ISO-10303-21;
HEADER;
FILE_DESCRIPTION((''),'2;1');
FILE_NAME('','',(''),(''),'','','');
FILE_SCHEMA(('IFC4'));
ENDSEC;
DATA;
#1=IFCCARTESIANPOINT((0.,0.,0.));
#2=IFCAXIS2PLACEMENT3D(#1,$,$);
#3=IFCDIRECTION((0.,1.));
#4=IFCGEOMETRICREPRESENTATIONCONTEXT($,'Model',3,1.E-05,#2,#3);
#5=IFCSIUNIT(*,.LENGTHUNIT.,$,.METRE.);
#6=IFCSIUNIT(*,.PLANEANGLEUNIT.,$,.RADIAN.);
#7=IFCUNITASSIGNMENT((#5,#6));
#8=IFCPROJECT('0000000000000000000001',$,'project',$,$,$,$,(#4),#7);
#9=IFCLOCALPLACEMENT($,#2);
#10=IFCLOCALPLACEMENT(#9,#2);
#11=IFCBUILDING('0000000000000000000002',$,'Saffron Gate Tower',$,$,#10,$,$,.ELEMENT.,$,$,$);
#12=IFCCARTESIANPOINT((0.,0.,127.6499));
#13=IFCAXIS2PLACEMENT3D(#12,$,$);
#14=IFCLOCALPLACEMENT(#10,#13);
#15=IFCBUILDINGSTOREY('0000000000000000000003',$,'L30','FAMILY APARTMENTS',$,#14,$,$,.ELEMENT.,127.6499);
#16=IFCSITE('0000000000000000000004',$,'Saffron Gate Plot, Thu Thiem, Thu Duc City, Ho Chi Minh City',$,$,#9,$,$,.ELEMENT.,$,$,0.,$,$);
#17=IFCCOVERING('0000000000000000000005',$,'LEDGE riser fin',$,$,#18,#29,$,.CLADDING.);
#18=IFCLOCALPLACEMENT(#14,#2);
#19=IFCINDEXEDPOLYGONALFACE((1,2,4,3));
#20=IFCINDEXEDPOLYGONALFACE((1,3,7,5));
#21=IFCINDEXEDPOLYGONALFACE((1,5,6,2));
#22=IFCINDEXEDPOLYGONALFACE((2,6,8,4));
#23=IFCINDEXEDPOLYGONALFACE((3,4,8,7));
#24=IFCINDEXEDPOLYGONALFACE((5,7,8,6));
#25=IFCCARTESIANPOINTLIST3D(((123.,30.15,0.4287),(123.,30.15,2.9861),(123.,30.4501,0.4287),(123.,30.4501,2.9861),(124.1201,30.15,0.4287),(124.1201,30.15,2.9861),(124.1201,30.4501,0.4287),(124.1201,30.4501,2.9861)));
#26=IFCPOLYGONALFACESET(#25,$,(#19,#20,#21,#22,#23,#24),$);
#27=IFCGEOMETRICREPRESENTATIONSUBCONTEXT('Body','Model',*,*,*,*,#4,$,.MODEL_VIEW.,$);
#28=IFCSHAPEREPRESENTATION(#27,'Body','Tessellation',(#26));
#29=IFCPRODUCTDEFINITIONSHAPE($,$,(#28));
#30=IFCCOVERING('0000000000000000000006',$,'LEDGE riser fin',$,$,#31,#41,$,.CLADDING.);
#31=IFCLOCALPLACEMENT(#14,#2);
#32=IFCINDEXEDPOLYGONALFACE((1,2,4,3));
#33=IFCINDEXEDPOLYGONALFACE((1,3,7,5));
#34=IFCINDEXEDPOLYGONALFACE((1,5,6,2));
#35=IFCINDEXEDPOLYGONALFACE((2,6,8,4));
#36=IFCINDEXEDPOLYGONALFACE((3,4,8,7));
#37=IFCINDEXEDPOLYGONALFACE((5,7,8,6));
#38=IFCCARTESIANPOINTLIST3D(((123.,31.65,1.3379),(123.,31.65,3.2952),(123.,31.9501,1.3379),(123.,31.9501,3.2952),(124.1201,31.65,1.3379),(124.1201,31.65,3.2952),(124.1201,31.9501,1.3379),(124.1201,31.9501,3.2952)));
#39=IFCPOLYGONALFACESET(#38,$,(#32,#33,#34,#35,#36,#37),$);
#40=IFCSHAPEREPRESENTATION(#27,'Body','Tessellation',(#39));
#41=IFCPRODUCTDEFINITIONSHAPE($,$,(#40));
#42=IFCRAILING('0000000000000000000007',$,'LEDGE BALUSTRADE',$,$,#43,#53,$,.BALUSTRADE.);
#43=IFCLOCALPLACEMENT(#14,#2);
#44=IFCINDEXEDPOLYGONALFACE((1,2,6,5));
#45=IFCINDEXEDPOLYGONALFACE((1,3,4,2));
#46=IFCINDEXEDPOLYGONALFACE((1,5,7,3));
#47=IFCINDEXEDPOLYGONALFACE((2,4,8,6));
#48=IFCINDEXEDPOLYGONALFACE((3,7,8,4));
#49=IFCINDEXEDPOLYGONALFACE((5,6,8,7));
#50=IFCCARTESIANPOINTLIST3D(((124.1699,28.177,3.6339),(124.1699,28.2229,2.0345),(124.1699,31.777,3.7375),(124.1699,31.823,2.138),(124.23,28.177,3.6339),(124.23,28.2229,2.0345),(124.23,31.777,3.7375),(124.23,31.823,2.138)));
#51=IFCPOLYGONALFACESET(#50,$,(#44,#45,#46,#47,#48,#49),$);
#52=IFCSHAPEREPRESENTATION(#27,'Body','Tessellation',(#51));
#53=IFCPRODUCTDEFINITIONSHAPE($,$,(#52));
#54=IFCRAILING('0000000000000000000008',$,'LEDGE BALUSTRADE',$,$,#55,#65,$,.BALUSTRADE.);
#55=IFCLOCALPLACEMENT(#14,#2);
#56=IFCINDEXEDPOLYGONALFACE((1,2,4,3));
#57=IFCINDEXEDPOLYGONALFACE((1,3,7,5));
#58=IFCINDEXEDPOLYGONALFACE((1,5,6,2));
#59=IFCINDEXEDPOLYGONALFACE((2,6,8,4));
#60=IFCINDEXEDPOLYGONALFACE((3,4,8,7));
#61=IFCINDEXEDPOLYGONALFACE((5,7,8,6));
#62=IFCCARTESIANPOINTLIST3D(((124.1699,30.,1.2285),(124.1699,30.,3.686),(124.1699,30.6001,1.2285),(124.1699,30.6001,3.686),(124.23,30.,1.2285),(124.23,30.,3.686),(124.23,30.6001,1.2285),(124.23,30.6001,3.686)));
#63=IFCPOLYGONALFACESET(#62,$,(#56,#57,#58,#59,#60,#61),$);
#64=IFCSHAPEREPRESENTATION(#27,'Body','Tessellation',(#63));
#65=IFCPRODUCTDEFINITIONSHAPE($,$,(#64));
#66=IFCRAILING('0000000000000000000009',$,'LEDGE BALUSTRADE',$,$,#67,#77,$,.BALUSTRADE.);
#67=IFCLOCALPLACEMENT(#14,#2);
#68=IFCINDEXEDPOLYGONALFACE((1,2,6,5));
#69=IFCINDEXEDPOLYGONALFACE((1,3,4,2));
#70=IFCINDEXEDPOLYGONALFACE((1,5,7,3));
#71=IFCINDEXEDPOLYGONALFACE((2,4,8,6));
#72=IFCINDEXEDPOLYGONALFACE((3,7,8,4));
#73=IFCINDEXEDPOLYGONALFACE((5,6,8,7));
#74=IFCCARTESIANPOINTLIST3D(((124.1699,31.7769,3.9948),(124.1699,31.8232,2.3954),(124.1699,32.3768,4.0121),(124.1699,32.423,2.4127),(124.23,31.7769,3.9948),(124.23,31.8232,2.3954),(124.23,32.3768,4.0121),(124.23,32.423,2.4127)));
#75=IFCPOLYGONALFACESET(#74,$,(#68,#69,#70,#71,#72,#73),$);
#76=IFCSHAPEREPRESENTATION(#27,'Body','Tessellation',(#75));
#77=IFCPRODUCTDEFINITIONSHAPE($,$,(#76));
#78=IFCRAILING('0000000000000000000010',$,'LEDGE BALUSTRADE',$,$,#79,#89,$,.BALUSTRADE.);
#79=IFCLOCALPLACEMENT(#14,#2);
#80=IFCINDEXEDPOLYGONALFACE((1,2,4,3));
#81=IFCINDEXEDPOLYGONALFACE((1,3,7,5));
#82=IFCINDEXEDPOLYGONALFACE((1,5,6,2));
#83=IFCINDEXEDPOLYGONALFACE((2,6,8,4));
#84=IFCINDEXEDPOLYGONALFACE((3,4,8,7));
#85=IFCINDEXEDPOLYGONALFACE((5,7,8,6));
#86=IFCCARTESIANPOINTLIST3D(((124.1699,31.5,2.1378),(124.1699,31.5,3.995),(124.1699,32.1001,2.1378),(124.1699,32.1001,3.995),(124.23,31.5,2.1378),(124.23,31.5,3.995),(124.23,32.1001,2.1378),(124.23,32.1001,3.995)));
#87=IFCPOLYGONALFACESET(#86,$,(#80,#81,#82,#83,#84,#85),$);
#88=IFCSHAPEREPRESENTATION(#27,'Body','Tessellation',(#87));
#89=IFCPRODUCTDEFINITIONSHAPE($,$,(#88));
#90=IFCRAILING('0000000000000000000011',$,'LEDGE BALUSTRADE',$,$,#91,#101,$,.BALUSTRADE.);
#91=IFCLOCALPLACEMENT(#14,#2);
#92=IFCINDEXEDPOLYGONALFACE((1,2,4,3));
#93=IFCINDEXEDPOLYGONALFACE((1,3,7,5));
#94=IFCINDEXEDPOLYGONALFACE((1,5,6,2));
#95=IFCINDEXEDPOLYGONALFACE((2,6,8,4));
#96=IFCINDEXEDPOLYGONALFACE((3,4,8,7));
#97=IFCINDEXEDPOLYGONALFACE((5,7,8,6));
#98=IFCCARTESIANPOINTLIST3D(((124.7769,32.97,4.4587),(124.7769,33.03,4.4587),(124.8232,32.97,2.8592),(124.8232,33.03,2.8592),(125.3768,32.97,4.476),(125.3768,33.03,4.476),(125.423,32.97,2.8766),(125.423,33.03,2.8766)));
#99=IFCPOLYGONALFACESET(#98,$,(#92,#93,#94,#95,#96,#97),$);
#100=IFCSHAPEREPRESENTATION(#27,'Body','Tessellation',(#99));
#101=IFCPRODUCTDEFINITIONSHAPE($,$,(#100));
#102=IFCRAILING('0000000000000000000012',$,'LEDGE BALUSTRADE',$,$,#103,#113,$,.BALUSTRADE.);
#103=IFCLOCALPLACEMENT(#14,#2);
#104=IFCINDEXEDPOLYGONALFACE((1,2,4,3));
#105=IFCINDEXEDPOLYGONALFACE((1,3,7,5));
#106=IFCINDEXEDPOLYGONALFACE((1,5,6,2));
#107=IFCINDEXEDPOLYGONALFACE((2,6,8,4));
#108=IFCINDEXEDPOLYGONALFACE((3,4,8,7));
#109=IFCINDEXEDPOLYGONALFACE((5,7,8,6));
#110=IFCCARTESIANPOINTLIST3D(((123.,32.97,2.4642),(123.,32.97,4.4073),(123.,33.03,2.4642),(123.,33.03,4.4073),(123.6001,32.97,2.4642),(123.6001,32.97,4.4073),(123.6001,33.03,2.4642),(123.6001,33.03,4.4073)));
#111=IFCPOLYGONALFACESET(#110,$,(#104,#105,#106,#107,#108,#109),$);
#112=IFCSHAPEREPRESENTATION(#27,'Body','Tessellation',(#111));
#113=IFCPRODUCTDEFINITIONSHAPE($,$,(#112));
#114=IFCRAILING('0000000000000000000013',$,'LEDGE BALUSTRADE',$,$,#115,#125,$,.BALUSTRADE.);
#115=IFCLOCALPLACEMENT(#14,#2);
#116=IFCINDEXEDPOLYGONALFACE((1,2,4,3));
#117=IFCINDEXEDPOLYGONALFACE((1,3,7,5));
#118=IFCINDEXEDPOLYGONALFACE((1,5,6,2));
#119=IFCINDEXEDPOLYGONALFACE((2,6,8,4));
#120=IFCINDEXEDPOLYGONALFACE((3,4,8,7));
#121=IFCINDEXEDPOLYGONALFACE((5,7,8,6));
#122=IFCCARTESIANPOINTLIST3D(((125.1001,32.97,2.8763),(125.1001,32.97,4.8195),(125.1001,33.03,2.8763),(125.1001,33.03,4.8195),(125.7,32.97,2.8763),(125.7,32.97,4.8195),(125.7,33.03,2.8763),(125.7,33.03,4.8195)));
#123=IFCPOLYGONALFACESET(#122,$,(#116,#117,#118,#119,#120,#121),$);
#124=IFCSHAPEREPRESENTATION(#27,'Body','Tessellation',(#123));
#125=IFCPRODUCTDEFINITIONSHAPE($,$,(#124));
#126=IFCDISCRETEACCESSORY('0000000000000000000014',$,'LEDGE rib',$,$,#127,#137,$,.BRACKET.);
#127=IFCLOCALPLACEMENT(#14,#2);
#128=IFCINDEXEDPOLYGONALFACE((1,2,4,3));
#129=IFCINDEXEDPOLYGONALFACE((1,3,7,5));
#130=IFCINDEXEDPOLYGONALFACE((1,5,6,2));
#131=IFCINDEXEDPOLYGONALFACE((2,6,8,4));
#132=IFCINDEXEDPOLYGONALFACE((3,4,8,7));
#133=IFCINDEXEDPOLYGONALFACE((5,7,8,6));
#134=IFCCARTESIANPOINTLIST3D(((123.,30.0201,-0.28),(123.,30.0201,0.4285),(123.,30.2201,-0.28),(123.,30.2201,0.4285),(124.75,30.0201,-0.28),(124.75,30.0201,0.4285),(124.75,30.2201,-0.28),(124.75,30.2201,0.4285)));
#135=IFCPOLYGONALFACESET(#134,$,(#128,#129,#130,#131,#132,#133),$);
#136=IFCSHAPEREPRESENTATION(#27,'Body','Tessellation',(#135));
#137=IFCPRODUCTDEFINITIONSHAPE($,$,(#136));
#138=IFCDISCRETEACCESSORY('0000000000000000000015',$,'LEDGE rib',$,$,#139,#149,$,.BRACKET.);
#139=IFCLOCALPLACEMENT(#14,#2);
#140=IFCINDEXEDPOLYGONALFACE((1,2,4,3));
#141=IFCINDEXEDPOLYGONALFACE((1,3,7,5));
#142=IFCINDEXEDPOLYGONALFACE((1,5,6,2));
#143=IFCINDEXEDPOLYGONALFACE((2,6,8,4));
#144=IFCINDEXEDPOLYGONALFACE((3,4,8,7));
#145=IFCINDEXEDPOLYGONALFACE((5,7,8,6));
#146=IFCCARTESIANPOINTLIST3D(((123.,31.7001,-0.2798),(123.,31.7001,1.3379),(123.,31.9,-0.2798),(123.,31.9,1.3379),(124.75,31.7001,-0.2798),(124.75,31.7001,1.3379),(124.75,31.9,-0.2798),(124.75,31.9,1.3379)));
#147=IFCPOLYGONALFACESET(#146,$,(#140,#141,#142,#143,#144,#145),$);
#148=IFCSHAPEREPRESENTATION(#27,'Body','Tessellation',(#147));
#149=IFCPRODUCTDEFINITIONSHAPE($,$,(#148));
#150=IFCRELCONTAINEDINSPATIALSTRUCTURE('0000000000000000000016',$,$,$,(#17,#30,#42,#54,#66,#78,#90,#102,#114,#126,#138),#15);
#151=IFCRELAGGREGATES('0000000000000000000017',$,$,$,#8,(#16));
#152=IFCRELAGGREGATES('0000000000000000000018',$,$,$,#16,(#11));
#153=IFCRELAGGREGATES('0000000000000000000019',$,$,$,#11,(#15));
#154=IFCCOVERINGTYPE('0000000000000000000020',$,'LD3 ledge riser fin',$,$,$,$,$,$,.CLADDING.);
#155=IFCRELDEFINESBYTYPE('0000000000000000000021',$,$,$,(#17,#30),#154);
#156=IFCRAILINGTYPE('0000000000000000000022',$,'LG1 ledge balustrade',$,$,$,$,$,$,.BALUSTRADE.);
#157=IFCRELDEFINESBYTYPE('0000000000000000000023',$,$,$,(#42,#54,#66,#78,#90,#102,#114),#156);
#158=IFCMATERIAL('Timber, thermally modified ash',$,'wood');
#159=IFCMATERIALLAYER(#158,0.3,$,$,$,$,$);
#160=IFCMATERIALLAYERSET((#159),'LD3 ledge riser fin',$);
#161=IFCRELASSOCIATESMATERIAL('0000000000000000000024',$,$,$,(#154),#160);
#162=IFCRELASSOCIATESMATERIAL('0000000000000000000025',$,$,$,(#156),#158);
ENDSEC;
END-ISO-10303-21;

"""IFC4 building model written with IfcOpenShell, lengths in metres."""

from ifc_helpers import new_model, si_unit, direction, frame, origin, origin_2d, place, context, subcontext, project, spatial, rectangle, extrude, material, layer, layer_set, type_object, element, save


model = new_model("IFC4")

# Units and contexts
model_context = context("Model", 3, precision=1e-05, world=origin(), true_north=direction((0.0, 1.0)))
body_context = subcontext(model_context, "Body", "Model", "MODEL_VIEW")
ifc_project = project(units=[si_unit("LENGTHUNIT", "METRE"), si_unit("PLANEANGLEUNIT", "RADIAN")], contexts=[model_context])

# Site, building, storey
site_placement = place(None, origin())
site = spatial("IfcSite", under=ifc_project, at=site_placement, Name="Saffron Gate Plot, Thu Thiem, Thu Duc City, Ho Chi Minh City", CompositionType="ELEMENT", RefElevation=0.0)
building_placement = place(site_placement, origin())
building = spatial("IfcBuilding", under=site, at=building_placement, Name="Saffron Gate Tower", CompositionType="ELEMENT")
storey_placement = place(building_placement, frame((0.0, 0.0, 127.6499)))
storey = spatial("IfcBuildingStorey", under=building, at=storey_placement, Name="L30", Description="FAMILY APARTMENTS", CompositionType="ELEMENT", Elevation=127.6499)

# Coverings
ifc_material_1 = material(Name="Timber, thermally modified ash", Category="wood")
ifc_layer_1 = layer(ifc_material_1, 0.3)
ifc_layer_set_1 = layer_set([ifc_layer_1], Name="LD3 ledge riser fin")
covering_type_1 = type_object("IfcCoveringType", Name="LD3 ledge riser fin", PredefinedType="CLADDING", material=ifc_layer_set_1)
covering_1_placement = place(storey_placement, frame((123.5601, 30.3, 0.4287), z_axis=(0.0, 0.0, 1.0), x_axis=(0.0, 1.0, 0.0)))
element("IfcCovering", 1, at=covering_1_placement, inside=storey, type_object=covering_type_1, Name="LEDGE riser fin", PredefinedType="CLADDING", context=body_context, shape_type="SweptSolid", body=[
    extrude(rectangle(XDim=0.3, YDim=1.1201, at=origin_2d()), origin(), (0.0, 0.0, 1.0), 2.5574),
])
covering_2_placement = place(storey_placement, frame((123.5601, 31.8, 1.3379), z_axis=(0.0, 0.0, 1.0), x_axis=(0.0, 1.0, 0.0)))
element("IfcCovering", 2, at=covering_2_placement, inside=storey, type_object=covering_type_1, Name="LEDGE riser fin", PredefinedType="CLADDING", context=body_context, shape_type="SweptSolid", body=[
    extrude(rectangle(XDim=0.3, YDim=1.1201, at=origin_2d()), origin(), (0.0, 0.0, 1.0), 1.9573),
])

# Railings
railing_type = type_object("IfcRailingType", Name="LG1 ledge balustrade", PredefinedType="BALUSTRADE", material=ifc_material_1)
railing_1_placement = place(storey_placement, frame((124.2, 28.2, 2.0342)))
element("IfcRailing", 3, at=railing_1_placement, inside=storey, type_object=railing_type, Name="LEDGE BALUSTRADE", PredefinedType="BALUSTRADE", context=body_context, shape_type="SweptSolid", body=[
    extrude(rectangle(XDim=0.0601, YDim=1.6001, at=origin_2d()), frame((0.0, 0.0, 0.8), z_axis=(0.0, 0.999587, 0.028742), x_axis=(-1.0, 0.0, 0.0)), (0.0, 0.0, 1.0), 3.6016),
])
railing_2_placement = place(storey_placement, frame((124.2, 30.0, 1.2285)))
element("IfcRailing", 4, at=railing_2_placement, inside=storey, type_object=railing_type, Name="LEDGE BALUSTRADE", PredefinedType="BALUSTRADE", context=body_context, shape_type="SweptSolid", body=[
    extrude(rectangle(XDim=0.0601, YDim=2.4575, at=origin_2d()), frame((0.0, 0.0, 1.2288), z_axis=(0.0, 1.0, 0.0), x_axis=(-1.0, 0.0, 0.0)), (0.0, 0.0, 1.0), 0.6001),
])
railing_3_placement = place(storey_placement, frame((124.2, 31.8, 2.395)))
element("IfcRailing", 5, at=railing_3_placement, inside=storey, type_object=railing_type, Name="LEDGE BALUSTRADE", PredefinedType="BALUSTRADE", context=body_context, shape_type="SweptSolid", body=[
    extrude(rectangle(XDim=0.0601, YDim=1.6001, at=origin_2d()), frame((0.0, 0.0, 0.8), z_axis=(0.0, 0.999583, 0.028885), x_axis=(-1.0, 0.0, 0.0)), (0.0, 0.0, 1.0), 0.6001),
])
railing_4_placement = place(storey_placement, frame((124.2, 31.5, 2.1377)))
element("IfcRailing", 6, at=railing_4_placement, inside=storey, type_object=railing_type, Name="LEDGE BALUSTRADE", PredefinedType="BALUSTRADE", context=body_context, shape_type="SweptSolid", body=[
    extrude(rectangle(XDim=0.0601, YDim=1.8572, at=origin_2d()), frame((0.0, 0.0, 0.9287), z_axis=(0.0, 1.0, 0.0), x_axis=(-1.0, 0.0, 0.0)), (0.0, 0.0, 1.0), 0.6001),
])
railing_5_placement = place(storey_placement, frame((124.8, 33.0, 2.8589)))
element("IfcRailing", 7, at=railing_5_placement, inside=storey, type_object=railing_type, Name="LEDGE BALUSTRADE", PredefinedType="BALUSTRADE", context=body_context, shape_type="SweptSolid", body=[
    extrude(rectangle(XDim=0.0601, YDim=1.6001, at=origin_2d()), frame((0.0, 0.0, 0.8), z_axis=(0.999583, 0.0, 0.028885), x_axis=(0.0, 1.0, 0.0)), (0.0, 0.0, 1.0), 0.6001),
])
railing_6_placement = place(storey_placement, frame((123.0, 33.0, 2.4641)))
element("IfcRailing", 8, at=railing_6_placement, inside=storey, type_object=railing_type, Name="LEDGE BALUSTRADE", PredefinedType="BALUSTRADE", context=body_context, shape_type="SweptSolid", body=[
    extrude(rectangle(XDim=0.0601, YDim=1.9431, at=origin_2d()), frame((0.0, 0.0, 0.9717), z_axis=(1.0, 0.0, 0.0), x_axis=(0.0, 1.0, 0.0)), (0.0, 0.0, 1.0), 0.6001),
])
railing_7_placement = place(storey_placement, frame((125.1001, 33.0, 2.8762)))
element("IfcRailing", 9, at=railing_7_placement, inside=storey, type_object=railing_type, Name="LEDGE BALUSTRADE", PredefinedType="BALUSTRADE", context=body_context, shape_type="SweptSolid", body=[
    extrude(rectangle(XDim=0.0601, YDim=1.9431, at=origin_2d()), frame((0.0, 0.0, 0.9717), z_axis=(1.0, 0.0, 0.0), x_axis=(0.0, 1.0, 0.0)), (0.0, 0.0, 1.0), 0.5999),
])

# Discrete accessories
discrete_accessory_1_placement = place(storey_placement, frame((123.875, 30.1201, -0.28), z_axis=(0.0, 0.0, 1.0), x_axis=(0.0, 1.0, 0.0)))
element("IfcDiscreteAccessory", 10, at=discrete_accessory_1_placement, inside=storey, Name="LEDGE rib", PredefinedType="BRACKET", context=body_context, shape_type="SweptSolid", body=[
    extrude(rectangle(XDim=0.2, YDim=1.75, at=origin_2d()), origin(), (0.0, 0.0, 1.0), 0.7085),
])
discrete_accessory_2_placement = place(storey_placement, frame((123.875, 31.8, -0.2798), z_axis=(0.0, 0.0, 1.0), x_axis=(0.0, 1.0, 0.0)))
element("IfcDiscreteAccessory", 11, at=discrete_accessory_2_placement, inside=storey, Name="LEDGE rib", PredefinedType="BRACKET", context=body_context, shape_type="SweptSolid", body=[
    extrude(rectangle(XDim=0.2, YDim=1.75, at=origin_2d()), origin(), (0.0, 0.0, 1.0), 1.6177),
])

save(model, "model.ifc")
